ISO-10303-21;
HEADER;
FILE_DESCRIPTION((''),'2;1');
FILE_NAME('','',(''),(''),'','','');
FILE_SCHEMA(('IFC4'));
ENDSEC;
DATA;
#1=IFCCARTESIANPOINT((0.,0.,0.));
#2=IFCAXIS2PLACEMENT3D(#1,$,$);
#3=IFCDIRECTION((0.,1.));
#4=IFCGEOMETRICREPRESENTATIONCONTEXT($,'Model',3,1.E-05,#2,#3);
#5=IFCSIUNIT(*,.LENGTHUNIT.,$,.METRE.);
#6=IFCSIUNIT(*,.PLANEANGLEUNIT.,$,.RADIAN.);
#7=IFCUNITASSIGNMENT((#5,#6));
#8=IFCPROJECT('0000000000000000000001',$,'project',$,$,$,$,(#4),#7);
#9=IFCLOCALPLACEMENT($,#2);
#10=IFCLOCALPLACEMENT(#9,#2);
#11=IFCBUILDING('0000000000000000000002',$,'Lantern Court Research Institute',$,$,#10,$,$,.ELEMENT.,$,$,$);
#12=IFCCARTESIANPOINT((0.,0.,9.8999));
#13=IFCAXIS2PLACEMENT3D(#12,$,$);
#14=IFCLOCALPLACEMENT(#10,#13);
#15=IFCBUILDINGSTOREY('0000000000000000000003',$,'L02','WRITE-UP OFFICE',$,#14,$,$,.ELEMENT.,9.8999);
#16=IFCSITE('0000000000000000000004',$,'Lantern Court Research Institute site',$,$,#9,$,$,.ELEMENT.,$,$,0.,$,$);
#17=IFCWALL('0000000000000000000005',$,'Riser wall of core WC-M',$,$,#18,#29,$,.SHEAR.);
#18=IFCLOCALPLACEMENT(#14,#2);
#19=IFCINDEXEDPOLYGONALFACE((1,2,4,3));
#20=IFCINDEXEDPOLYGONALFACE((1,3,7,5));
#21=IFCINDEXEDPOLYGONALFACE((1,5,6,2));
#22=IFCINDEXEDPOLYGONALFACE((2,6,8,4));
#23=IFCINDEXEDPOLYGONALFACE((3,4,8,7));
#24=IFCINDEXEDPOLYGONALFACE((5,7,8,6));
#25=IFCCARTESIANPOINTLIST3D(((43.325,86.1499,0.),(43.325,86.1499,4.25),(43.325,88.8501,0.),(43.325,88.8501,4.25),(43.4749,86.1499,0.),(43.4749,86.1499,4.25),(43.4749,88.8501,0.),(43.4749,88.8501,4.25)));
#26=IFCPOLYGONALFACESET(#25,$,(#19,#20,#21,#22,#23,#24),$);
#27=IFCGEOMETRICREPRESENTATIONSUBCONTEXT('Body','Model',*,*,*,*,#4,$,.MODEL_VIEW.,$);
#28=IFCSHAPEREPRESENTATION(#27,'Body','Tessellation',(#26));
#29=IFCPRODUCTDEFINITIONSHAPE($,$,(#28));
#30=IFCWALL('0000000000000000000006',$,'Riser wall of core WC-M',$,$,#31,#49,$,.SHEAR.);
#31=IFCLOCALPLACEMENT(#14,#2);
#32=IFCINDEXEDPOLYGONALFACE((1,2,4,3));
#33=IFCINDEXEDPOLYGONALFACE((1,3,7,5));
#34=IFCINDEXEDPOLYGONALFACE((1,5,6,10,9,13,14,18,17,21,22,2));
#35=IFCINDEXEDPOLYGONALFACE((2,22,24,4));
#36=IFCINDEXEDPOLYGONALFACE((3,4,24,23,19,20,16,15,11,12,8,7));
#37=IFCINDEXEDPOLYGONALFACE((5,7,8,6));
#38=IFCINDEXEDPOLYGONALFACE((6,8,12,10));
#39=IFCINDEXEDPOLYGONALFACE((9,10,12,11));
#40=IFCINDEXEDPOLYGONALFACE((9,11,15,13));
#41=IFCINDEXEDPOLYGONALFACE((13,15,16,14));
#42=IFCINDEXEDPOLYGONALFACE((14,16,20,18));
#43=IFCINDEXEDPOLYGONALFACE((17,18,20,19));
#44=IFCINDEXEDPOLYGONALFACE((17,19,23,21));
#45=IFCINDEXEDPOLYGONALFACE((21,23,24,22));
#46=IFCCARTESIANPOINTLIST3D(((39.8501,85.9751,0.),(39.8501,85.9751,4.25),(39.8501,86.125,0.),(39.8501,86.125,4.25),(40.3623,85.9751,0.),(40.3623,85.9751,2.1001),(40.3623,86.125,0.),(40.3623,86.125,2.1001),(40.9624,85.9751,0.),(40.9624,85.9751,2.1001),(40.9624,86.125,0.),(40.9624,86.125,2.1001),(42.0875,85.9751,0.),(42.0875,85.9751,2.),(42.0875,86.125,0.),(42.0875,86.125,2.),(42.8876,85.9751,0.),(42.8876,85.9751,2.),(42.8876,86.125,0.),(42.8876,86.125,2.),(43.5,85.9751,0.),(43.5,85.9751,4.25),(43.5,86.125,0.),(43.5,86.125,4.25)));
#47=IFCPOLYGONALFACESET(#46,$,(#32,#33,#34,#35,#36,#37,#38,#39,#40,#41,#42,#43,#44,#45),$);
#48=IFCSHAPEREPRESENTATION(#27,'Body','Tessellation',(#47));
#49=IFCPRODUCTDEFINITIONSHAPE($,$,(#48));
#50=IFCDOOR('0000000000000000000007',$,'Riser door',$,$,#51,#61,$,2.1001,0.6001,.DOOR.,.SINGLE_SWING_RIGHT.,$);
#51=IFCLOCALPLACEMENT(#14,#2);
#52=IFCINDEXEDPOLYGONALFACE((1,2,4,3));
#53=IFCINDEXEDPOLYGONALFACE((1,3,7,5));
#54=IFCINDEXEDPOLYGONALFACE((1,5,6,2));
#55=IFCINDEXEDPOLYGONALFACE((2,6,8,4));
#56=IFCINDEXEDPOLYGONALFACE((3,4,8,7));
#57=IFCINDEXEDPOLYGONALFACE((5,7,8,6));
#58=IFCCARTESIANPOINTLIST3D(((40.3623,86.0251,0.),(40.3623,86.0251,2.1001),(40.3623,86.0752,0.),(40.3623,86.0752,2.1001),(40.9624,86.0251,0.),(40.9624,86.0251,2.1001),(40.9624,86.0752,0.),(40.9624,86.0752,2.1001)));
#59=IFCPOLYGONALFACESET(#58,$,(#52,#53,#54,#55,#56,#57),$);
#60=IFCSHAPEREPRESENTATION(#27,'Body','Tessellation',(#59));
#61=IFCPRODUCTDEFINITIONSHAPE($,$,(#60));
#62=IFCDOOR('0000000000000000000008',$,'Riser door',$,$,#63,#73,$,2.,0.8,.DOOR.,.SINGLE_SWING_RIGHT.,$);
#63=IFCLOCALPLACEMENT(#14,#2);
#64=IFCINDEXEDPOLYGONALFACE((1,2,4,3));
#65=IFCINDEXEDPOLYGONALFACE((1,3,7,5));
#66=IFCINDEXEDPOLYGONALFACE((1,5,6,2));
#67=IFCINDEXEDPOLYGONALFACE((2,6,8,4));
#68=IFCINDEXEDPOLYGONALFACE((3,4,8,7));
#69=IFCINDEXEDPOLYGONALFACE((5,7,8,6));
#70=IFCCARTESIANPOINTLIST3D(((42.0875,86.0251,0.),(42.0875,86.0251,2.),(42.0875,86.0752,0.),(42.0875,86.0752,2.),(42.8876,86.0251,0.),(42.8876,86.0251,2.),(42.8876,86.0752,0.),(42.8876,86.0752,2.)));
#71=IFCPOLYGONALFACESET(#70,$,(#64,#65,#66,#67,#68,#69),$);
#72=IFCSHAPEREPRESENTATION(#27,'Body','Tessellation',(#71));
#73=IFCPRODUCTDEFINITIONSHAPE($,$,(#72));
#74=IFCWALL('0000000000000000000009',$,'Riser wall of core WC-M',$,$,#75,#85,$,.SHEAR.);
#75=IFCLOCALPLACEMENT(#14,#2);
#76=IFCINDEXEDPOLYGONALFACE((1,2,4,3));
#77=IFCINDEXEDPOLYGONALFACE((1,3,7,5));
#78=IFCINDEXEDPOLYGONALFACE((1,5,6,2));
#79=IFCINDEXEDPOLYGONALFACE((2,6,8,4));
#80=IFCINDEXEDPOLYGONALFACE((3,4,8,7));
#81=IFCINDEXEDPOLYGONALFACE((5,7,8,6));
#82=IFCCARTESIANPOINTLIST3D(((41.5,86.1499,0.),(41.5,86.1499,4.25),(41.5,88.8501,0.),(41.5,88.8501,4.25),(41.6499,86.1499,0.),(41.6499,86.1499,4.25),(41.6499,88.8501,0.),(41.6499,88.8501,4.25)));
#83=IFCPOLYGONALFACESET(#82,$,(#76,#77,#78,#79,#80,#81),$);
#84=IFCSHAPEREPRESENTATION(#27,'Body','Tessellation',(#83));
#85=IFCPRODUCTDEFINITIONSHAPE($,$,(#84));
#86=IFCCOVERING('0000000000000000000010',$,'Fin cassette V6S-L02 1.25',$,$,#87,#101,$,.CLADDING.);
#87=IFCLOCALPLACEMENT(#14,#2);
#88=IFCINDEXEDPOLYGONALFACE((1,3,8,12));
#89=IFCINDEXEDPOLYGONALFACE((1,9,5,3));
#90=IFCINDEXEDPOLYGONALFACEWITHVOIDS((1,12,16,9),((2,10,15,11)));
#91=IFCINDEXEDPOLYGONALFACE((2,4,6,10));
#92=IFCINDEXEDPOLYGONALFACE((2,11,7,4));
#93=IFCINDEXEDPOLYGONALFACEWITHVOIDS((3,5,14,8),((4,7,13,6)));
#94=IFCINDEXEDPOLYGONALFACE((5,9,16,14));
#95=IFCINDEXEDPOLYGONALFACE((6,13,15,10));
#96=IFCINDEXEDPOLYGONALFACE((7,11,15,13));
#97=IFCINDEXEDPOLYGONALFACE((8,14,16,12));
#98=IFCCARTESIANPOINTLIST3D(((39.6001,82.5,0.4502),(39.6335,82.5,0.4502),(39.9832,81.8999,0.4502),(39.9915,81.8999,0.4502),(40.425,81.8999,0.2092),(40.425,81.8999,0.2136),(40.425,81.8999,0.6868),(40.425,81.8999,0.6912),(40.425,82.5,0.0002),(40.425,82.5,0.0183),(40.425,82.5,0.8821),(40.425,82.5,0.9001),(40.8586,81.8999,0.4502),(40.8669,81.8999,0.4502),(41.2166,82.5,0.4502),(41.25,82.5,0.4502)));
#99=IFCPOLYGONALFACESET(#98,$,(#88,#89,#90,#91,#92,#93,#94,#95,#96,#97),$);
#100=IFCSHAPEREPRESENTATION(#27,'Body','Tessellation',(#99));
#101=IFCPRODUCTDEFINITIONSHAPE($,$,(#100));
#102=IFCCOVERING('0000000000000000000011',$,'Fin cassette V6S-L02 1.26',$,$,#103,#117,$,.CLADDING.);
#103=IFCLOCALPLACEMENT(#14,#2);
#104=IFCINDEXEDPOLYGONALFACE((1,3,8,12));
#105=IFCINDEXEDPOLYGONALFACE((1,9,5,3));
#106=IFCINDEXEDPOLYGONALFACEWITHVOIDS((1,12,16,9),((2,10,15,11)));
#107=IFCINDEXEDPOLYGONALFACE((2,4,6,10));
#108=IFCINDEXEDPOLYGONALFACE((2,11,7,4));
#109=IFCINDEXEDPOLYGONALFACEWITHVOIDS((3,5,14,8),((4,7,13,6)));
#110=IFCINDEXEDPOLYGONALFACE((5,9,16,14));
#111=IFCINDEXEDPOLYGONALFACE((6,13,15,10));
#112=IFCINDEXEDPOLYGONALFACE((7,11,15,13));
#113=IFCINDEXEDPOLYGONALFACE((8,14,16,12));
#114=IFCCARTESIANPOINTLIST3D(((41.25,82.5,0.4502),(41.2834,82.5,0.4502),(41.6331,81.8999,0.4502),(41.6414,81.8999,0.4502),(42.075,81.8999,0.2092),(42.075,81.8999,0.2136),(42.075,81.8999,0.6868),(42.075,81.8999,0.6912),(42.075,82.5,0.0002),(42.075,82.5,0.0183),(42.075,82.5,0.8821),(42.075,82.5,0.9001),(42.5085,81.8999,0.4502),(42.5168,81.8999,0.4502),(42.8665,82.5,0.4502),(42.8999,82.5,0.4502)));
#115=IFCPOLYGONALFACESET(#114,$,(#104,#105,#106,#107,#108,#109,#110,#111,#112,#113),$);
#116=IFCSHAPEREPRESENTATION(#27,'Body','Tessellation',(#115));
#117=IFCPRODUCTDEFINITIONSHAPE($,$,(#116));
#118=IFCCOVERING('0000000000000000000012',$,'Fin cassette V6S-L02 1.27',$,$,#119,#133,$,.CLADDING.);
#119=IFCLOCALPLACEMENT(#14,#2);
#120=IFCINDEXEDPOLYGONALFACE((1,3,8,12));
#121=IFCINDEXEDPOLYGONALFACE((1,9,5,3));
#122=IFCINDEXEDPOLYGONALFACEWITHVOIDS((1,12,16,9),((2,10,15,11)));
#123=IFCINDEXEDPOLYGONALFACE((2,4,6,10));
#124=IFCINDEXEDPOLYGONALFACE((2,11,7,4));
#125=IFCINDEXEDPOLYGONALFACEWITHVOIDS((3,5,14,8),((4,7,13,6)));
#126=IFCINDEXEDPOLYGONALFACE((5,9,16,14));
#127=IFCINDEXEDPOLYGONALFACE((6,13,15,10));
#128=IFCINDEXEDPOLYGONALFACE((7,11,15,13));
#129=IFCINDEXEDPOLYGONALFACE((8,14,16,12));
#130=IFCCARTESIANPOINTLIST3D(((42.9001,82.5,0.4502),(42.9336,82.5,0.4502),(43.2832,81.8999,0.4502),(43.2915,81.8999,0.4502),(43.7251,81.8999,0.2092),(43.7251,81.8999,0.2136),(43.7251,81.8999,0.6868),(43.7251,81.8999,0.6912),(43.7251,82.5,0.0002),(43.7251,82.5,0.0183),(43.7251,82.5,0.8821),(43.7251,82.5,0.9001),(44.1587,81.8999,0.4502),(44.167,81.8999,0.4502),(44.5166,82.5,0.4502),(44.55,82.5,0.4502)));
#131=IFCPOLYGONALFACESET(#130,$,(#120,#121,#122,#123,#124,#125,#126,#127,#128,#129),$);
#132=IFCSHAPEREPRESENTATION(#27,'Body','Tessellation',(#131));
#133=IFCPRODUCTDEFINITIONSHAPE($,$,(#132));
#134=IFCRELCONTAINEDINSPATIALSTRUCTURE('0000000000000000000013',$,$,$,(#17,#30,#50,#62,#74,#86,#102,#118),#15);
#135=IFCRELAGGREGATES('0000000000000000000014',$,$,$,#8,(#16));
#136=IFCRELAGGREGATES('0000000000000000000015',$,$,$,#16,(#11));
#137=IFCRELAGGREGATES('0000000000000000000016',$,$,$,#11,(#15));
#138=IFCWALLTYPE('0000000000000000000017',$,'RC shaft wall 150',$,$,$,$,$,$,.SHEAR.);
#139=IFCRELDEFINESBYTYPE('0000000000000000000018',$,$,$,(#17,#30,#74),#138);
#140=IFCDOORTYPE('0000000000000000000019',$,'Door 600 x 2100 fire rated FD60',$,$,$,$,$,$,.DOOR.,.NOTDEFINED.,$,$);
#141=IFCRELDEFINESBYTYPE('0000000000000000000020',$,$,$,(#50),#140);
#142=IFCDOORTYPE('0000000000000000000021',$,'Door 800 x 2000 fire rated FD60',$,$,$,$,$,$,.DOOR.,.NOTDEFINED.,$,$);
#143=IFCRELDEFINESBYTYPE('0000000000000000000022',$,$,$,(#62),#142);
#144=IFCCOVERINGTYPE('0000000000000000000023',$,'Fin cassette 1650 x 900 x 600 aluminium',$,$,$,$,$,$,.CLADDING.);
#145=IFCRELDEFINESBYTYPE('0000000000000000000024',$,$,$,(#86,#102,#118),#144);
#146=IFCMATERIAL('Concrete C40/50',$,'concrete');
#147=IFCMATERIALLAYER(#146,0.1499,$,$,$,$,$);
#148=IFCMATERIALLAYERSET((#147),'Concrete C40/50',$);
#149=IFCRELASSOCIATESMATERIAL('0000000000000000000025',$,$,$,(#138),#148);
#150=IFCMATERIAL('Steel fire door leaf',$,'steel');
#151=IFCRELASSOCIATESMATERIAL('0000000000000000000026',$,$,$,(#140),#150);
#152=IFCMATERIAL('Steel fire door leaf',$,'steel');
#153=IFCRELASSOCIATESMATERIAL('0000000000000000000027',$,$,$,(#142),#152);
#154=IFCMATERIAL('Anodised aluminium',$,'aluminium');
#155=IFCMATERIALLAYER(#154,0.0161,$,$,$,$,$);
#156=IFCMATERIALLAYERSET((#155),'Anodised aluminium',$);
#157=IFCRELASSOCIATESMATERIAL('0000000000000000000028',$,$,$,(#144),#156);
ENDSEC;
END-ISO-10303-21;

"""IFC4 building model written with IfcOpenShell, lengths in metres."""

from ifc_helpers import new_model, entity, si_unit, direction, frame, frame_2d, origin, place, context, subcontext, project, spatial, rectangle, extrude, material, layer, layer_set, type_object, element, fill, save


model = new_model("IFC4")

# Units and contexts
model_context = context("Model", 3, precision=1e-05, world=origin(), true_north=direction((0.0, 1.0)))
body_context = subcontext(model_context, "Body", "Model", "MODEL_VIEW")
ifc_project = project(units=[si_unit("LENGTHUNIT", "METRE"), si_unit("PLANEANGLEUNIT", "RADIAN")], contexts=[model_context])

# Site, building, storey
site_placement = place(None, origin())
site = spatial("IfcSite", under=ifc_project, at=site_placement, Name="Lantern Court Research Institute site", CompositionType="ELEMENT", RefElevation=0.0)
building_placement = place(site_placement, origin())
building = spatial("IfcBuilding", under=site, at=building_placement, Name="Lantern Court Research Institute", CompositionType="ELEMENT")
storey_placement = place(building_placement, frame((0.0, 0.0, 9.8999)))
storey = spatial("IfcBuildingStorey", under=building, at=storey_placement, Name="L02", Description="WRITE-UP OFFICE", CompositionType="ELEMENT", Elevation=9.8999)

# Wall
ifc_material_1 = material(Name="Concrete C40/50", Category="concrete")
ifc_layer_1 = layer(ifc_material_1, 0.1499)
ifc_layer_set_1 = layer_set([ifc_layer_1], Name="Concrete C40/50")
wall_type = type_object("IfcWallType", Name="RC shaft wall 150", PredefinedType="SHEAR", material=ifc_layer_set_1)
wall_1_placement = place(storey_placement, frame((43.3999, 88.8501, 0.0), z_axis=(0.0, 0.0, 1.0), x_axis=(0.0, -1.0, 0.0)))
element("IfcWall", 1, at=wall_1_placement, inside=storey, type_object=wall_type, Name="Riser wall of core WC-M", PredefinedType="SHEAR", context=body_context, shape_type="SweptSolid", body=[
    extrude(rectangle(XDim=2.7002, YDim=0.1499, at=frame_2d((1.3501, 0.0))), origin(), (0.0, 0.0, 1.0), 4.25),
])

# Wall, openings, doors
wall_2_placement = place(storey_placement, frame((43.5, 86.05, 0.0), z_axis=(0.0, 0.0, 1.0), x_axis=(-1.0, 0.0, 0.0)))
wall_2 = element("IfcWall", 2, at=wall_2_placement, inside=storey, type_object=wall_type, Name="Riser wall of core WC-M", PredefinedType="SHEAR", context=body_context, shape_type="SweptSolid", body=[
    extrude(rectangle(XDim=3.6499, YDim=0.1499, at=frame_2d((1.825, 0.0))), origin(), (0.0, 0.0, 1.0), 4.25),
])
opening_1_placement = place(wall_2_placement, frame((0.6125, 0.0, 0.0)))
opening_1 = element("IfcOpeningElement", 3, at=opening_1_placement, cuts=wall_2, PredefinedType="OPENING", context=body_context, shape_type="SweptSolid", body=[
    extrude(rectangle(XDim=0.8, YDim=2.0, at=frame_2d((0.3999, 1.0))), frame((0.0, 0.085, 0.0), z_axis=(0.0, -1.0, 0.0), x_axis=(1.0, 0.0, 0.0)), (0.0, 0.0, 1.0), 0.1699),
])
opening_2_placement = place(wall_2_placement, frame((2.5376, 0.0, 0.0)))
opening_2 = element("IfcOpeningElement", 4, at=opening_2_placement, cuts=wall_2, PredefinedType="OPENING", context=body_context, shape_type="SweptSolid", body=[
    extrude(rectangle(XDim=0.6001, YDim=2.1001, at=frame_2d((0.3, 1.05))), frame((0.0, 0.085, 0.0), z_axis=(0.0, -1.0, 0.0), x_axis=(1.0, 0.0, 0.0)), (0.0, 0.0, 1.0), 0.1699),
])
ifc_material_2 = material(Name="Steel fire door leaf", Category="steel")
door_type_1 = type_object("IfcDoorType", Name="Door 600 x 2100 fire rated FD60", OperationType="NOTDEFINED", PredefinedType="DOOR", material=ifc_material_2)
door_1_placement = place(opening_2_placement, origin())
door_1 = element("IfcDoor", 5, at=door_1_placement, inside=storey, type_object=door_type_1, Name="Riser door", OperationType="SINGLE_SWING_RIGHT", OverallHeight=2.1001, OverallWidth=0.6001, PredefinedType="DOOR", context=body_context, shape_type="SweptSolid", body=[
    extrude(rectangle(XDim=0.6001, YDim=2.1001, at=frame_2d((0.3, 1.05))), frame((0.0, 0.0249, 0.0), z_axis=(0.0, -1.0, 0.0), x_axis=(1.0, 0.0, 0.0)), (0.0, 0.0, 1.0), 0.05),
])
fill(opening_2, door_1)
ifc_material_3 = material(Name="Steel fire door leaf", Category="steel")
door_type_2 = type_object("IfcDoorType", Name="Door 800 x 2000 fire rated FD60", OperationType="NOTDEFINED", PredefinedType="DOOR", material=ifc_material_3)
door_2_placement = place(opening_1_placement, origin())
door_2 = element("IfcDoor", 6, at=door_2_placement, inside=storey, type_object=door_type_2, Name="Riser door", OperationType="SINGLE_SWING_RIGHT", OverallHeight=2.0, OverallWidth=0.8, PredefinedType="DOOR", context=body_context, shape_type="SweptSolid", body=[
    extrude(rectangle(XDim=0.8, YDim=2.0, at=frame_2d((0.3999, 1.0))), frame((0.0, 0.0249, 0.0), z_axis=(0.0, -1.0, 0.0), x_axis=(1.0, 0.0, 0.0)), (0.0, 0.0, 1.0), 0.05),
])
fill(opening_1, door_2)

# Wall
wall_3_placement = place(storey_placement, frame((41.575, 88.8501, 0.0), z_axis=(0.0, 0.0, 1.0), x_axis=(0.0, -1.0, 0.0)))
element("IfcWall", 7, at=wall_3_placement, inside=storey, type_object=wall_type, Name="Riser wall of core WC-M", PredefinedType="SHEAR", context=body_context, shape_type="SweptSolid", body=[
    extrude(rectangle(XDim=2.7002, YDim=0.1499, at=frame_2d((1.3501, 0.0))), origin(), (0.0, 0.0, 1.0), 4.25),
])

# Coverings
ifc_material_4 = material(Name="Anodised aluminium", Category="aluminium")
ifc_layer_2 = layer(ifc_material_4, 0.0161)
ifc_layer_set_2 = layer_set([ifc_layer_2], Name="Anodised aluminium")
covering_type = type_object("IfcCoveringType", Name="Fin cassette 1650 x 900 x 600 aluminium", PredefinedType="CLADDING", material=ifc_layer_set_2)
covering_1_placement = place(storey_placement, frame((40.425, 82.5, 0.4502), z_axis=(0.0, -1.0, 0.0), x_axis=(1.0, 0.0, 0.0)))
cartesian_point_1 = entity("IfcCartesianPoint", [0.825, 0.0])
cartesian_point_2 = entity("IfcCartesianPoint", [0.7915, 0.0])
cartesian_point_3 = entity("IfcCartesianPoint", [0.4419, 0.0])
cartesian_point_4 = entity("IfcCartesianPoint", [0.4336, 0.0])
element("IfcCovering", 8, at=covering_1_placement, inside=storey, type_object=covering_type, Name="Fin cassette V6S-L02 1.25", PredefinedType="CLADDING", context=body_context, shape_type="SweptSolid", body=[
    entity("IfcExtrudedAreaSolidTapered", entity("IfcArbitraryProfileDefWithVoids", "AREA", None, entity("IfcPolyline", [cartesian_point_1, entity("IfcCartesianPoint", [0.0, 0.45]), entity("IfcCartesianPoint", [-0.825, 0.0]), entity("IfcCartesianPoint", [0.0, -0.45]), cartesian_point_1]), [entity("IfcPolyline", [cartesian_point_2, entity("IfcCartesianPoint", [0.0, 0.4319]), entity("IfcCartesianPoint", [-0.7915, 0.0]), entity("IfcCartesianPoint", [0.0, -0.4319]), cartesian_point_2])]), entity("IfcAxis2Placement3D", entity("IfcCartesianPoint", [0.0, 0.0, 0.0])), entity("IfcDirection", [0.0, 0.0, 1.0]), 0.6001, entity("IfcArbitraryProfileDefWithVoids", "AREA", None, entity("IfcPolyline", [cartesian_point_3, entity("IfcCartesianPoint", [0.0, 0.241]), entity("IfcCartesianPoint", [-0.4419, 0.0]), entity("IfcCartesianPoint", [0.0, -0.241]), cartesian_point_3]), [entity("IfcPolyline", [cartesian_point_4, entity("IfcCartesianPoint", [0.0, 0.2366]), entity("IfcCartesianPoint", [-0.4336, 0.0]), entity("IfcCartesianPoint", [0.0, -0.2366]), cartesian_point_4])])),
])
covering_2_placement = place(storey_placement, frame((42.075, 82.5, 0.4502), z_axis=(0.0, -1.0, 0.0), x_axis=(1.0, 0.0, 0.0)))
cartesian_point_5 = entity("IfcCartesianPoint", [0.825, 0.0])
cartesian_point_6 = entity("IfcCartesianPoint", [0.7915, 0.0])
cartesian_point_7 = entity("IfcCartesianPoint", [0.4419, 0.0])
cartesian_point_8 = entity("IfcCartesianPoint", [0.4336, 0.0])
element("IfcCovering", 9, at=covering_2_placement, inside=storey, type_object=covering_type, Name="Fin cassette V6S-L02 1.26", PredefinedType="CLADDING", context=body_context, shape_type="SweptSolid", body=[
    entity("IfcExtrudedAreaSolidTapered", entity("IfcArbitraryProfileDefWithVoids", "AREA", None, entity("IfcPolyline", [cartesian_point_5, entity("IfcCartesianPoint", [0.0, 0.45]), entity("IfcCartesianPoint", [-0.825, 0.0]), entity("IfcCartesianPoint", [0.0, -0.45]), cartesian_point_5]), [entity("IfcPolyline", [cartesian_point_6, entity("IfcCartesianPoint", [0.0, 0.4319]), entity("IfcCartesianPoint", [-0.7915, 0.0]), entity("IfcCartesianPoint", [0.0, -0.4319]), cartesian_point_6])]), entity("IfcAxis2Placement3D", entity("IfcCartesianPoint", [0.0, 0.0, 0.0])), entity("IfcDirection", [0.0, 0.0, 1.0]), 0.6001, entity("IfcArbitraryProfileDefWithVoids", "AREA", None, entity("IfcPolyline", [cartesian_point_7, entity("IfcCartesianPoint", [0.0, 0.241]), entity("IfcCartesianPoint", [-0.4419, 0.0]), entity("IfcCartesianPoint", [0.0, -0.241]), cartesian_point_7]), [entity("IfcPolyline", [cartesian_point_8, entity("IfcCartesianPoint", [0.0, 0.2366]), entity("IfcCartesianPoint", [-0.4336, 0.0]), entity("IfcCartesianPoint", [0.0, -0.2366]), cartesian_point_8])])),
])
covering_3_placement = place(storey_placement, frame((43.7251, 82.5, 0.4502), z_axis=(0.0, -1.0, 0.0), x_axis=(1.0, 0.0, 0.0)))
cartesian_point_9 = entity("IfcCartesianPoint", [0.825, 0.0])
cartesian_point_10 = entity("IfcCartesianPoint", [0.7915, 0.0])
cartesian_point_11 = entity("IfcCartesianPoint", [0.4419, 0.0])
cartesian_point_12 = entity("IfcCartesianPoint", [0.4336, 0.0])
element("IfcCovering", 10, at=covering_3_placement, inside=storey, type_object=covering_type, Name="Fin cassette V6S-L02 1.27", PredefinedType="CLADDING", context=body_context, shape_type="SweptSolid", body=[
    entity("IfcExtrudedAreaSolidTapered", entity("IfcArbitraryProfileDefWithVoids", "AREA", None, entity("IfcPolyline", [cartesian_point_9, entity("IfcCartesianPoint", [0.0, 0.45]), entity("IfcCartesianPoint", [-0.825, 0.0]), entity("IfcCartesianPoint", [0.0, -0.45]), cartesian_point_9]), [entity("IfcPolyline", [cartesian_point_10, entity("IfcCartesianPoint", [0.0, 0.4319]), entity("IfcCartesianPoint", [-0.7915, 0.0]), entity("IfcCartesianPoint", [0.0, -0.4319]), cartesian_point_10])]), entity("IfcAxis2Placement3D", entity("IfcCartesianPoint", [0.0, 0.0, 0.0])), entity("IfcDirection", [0.0, 0.0, 1.0]), 0.6001, entity("IfcArbitraryProfileDefWithVoids", "AREA", None, entity("IfcPolyline", [cartesian_point_11, entity("IfcCartesianPoint", [0.0, 0.241]), entity("IfcCartesianPoint", [-0.4419, 0.0]), entity("IfcCartesianPoint", [0.0, -0.241]), cartesian_point_11]), [entity("IfcPolyline", [cartesian_point_12, entity("IfcCartesianPoint", [0.0, 0.2366]), entity("IfcCartesianPoint", [-0.4336, 0.0]), entity("IfcCartesianPoint", [0.0, -0.2366]), cartesian_point_12])])),
])

save(model, "model.ifc")
